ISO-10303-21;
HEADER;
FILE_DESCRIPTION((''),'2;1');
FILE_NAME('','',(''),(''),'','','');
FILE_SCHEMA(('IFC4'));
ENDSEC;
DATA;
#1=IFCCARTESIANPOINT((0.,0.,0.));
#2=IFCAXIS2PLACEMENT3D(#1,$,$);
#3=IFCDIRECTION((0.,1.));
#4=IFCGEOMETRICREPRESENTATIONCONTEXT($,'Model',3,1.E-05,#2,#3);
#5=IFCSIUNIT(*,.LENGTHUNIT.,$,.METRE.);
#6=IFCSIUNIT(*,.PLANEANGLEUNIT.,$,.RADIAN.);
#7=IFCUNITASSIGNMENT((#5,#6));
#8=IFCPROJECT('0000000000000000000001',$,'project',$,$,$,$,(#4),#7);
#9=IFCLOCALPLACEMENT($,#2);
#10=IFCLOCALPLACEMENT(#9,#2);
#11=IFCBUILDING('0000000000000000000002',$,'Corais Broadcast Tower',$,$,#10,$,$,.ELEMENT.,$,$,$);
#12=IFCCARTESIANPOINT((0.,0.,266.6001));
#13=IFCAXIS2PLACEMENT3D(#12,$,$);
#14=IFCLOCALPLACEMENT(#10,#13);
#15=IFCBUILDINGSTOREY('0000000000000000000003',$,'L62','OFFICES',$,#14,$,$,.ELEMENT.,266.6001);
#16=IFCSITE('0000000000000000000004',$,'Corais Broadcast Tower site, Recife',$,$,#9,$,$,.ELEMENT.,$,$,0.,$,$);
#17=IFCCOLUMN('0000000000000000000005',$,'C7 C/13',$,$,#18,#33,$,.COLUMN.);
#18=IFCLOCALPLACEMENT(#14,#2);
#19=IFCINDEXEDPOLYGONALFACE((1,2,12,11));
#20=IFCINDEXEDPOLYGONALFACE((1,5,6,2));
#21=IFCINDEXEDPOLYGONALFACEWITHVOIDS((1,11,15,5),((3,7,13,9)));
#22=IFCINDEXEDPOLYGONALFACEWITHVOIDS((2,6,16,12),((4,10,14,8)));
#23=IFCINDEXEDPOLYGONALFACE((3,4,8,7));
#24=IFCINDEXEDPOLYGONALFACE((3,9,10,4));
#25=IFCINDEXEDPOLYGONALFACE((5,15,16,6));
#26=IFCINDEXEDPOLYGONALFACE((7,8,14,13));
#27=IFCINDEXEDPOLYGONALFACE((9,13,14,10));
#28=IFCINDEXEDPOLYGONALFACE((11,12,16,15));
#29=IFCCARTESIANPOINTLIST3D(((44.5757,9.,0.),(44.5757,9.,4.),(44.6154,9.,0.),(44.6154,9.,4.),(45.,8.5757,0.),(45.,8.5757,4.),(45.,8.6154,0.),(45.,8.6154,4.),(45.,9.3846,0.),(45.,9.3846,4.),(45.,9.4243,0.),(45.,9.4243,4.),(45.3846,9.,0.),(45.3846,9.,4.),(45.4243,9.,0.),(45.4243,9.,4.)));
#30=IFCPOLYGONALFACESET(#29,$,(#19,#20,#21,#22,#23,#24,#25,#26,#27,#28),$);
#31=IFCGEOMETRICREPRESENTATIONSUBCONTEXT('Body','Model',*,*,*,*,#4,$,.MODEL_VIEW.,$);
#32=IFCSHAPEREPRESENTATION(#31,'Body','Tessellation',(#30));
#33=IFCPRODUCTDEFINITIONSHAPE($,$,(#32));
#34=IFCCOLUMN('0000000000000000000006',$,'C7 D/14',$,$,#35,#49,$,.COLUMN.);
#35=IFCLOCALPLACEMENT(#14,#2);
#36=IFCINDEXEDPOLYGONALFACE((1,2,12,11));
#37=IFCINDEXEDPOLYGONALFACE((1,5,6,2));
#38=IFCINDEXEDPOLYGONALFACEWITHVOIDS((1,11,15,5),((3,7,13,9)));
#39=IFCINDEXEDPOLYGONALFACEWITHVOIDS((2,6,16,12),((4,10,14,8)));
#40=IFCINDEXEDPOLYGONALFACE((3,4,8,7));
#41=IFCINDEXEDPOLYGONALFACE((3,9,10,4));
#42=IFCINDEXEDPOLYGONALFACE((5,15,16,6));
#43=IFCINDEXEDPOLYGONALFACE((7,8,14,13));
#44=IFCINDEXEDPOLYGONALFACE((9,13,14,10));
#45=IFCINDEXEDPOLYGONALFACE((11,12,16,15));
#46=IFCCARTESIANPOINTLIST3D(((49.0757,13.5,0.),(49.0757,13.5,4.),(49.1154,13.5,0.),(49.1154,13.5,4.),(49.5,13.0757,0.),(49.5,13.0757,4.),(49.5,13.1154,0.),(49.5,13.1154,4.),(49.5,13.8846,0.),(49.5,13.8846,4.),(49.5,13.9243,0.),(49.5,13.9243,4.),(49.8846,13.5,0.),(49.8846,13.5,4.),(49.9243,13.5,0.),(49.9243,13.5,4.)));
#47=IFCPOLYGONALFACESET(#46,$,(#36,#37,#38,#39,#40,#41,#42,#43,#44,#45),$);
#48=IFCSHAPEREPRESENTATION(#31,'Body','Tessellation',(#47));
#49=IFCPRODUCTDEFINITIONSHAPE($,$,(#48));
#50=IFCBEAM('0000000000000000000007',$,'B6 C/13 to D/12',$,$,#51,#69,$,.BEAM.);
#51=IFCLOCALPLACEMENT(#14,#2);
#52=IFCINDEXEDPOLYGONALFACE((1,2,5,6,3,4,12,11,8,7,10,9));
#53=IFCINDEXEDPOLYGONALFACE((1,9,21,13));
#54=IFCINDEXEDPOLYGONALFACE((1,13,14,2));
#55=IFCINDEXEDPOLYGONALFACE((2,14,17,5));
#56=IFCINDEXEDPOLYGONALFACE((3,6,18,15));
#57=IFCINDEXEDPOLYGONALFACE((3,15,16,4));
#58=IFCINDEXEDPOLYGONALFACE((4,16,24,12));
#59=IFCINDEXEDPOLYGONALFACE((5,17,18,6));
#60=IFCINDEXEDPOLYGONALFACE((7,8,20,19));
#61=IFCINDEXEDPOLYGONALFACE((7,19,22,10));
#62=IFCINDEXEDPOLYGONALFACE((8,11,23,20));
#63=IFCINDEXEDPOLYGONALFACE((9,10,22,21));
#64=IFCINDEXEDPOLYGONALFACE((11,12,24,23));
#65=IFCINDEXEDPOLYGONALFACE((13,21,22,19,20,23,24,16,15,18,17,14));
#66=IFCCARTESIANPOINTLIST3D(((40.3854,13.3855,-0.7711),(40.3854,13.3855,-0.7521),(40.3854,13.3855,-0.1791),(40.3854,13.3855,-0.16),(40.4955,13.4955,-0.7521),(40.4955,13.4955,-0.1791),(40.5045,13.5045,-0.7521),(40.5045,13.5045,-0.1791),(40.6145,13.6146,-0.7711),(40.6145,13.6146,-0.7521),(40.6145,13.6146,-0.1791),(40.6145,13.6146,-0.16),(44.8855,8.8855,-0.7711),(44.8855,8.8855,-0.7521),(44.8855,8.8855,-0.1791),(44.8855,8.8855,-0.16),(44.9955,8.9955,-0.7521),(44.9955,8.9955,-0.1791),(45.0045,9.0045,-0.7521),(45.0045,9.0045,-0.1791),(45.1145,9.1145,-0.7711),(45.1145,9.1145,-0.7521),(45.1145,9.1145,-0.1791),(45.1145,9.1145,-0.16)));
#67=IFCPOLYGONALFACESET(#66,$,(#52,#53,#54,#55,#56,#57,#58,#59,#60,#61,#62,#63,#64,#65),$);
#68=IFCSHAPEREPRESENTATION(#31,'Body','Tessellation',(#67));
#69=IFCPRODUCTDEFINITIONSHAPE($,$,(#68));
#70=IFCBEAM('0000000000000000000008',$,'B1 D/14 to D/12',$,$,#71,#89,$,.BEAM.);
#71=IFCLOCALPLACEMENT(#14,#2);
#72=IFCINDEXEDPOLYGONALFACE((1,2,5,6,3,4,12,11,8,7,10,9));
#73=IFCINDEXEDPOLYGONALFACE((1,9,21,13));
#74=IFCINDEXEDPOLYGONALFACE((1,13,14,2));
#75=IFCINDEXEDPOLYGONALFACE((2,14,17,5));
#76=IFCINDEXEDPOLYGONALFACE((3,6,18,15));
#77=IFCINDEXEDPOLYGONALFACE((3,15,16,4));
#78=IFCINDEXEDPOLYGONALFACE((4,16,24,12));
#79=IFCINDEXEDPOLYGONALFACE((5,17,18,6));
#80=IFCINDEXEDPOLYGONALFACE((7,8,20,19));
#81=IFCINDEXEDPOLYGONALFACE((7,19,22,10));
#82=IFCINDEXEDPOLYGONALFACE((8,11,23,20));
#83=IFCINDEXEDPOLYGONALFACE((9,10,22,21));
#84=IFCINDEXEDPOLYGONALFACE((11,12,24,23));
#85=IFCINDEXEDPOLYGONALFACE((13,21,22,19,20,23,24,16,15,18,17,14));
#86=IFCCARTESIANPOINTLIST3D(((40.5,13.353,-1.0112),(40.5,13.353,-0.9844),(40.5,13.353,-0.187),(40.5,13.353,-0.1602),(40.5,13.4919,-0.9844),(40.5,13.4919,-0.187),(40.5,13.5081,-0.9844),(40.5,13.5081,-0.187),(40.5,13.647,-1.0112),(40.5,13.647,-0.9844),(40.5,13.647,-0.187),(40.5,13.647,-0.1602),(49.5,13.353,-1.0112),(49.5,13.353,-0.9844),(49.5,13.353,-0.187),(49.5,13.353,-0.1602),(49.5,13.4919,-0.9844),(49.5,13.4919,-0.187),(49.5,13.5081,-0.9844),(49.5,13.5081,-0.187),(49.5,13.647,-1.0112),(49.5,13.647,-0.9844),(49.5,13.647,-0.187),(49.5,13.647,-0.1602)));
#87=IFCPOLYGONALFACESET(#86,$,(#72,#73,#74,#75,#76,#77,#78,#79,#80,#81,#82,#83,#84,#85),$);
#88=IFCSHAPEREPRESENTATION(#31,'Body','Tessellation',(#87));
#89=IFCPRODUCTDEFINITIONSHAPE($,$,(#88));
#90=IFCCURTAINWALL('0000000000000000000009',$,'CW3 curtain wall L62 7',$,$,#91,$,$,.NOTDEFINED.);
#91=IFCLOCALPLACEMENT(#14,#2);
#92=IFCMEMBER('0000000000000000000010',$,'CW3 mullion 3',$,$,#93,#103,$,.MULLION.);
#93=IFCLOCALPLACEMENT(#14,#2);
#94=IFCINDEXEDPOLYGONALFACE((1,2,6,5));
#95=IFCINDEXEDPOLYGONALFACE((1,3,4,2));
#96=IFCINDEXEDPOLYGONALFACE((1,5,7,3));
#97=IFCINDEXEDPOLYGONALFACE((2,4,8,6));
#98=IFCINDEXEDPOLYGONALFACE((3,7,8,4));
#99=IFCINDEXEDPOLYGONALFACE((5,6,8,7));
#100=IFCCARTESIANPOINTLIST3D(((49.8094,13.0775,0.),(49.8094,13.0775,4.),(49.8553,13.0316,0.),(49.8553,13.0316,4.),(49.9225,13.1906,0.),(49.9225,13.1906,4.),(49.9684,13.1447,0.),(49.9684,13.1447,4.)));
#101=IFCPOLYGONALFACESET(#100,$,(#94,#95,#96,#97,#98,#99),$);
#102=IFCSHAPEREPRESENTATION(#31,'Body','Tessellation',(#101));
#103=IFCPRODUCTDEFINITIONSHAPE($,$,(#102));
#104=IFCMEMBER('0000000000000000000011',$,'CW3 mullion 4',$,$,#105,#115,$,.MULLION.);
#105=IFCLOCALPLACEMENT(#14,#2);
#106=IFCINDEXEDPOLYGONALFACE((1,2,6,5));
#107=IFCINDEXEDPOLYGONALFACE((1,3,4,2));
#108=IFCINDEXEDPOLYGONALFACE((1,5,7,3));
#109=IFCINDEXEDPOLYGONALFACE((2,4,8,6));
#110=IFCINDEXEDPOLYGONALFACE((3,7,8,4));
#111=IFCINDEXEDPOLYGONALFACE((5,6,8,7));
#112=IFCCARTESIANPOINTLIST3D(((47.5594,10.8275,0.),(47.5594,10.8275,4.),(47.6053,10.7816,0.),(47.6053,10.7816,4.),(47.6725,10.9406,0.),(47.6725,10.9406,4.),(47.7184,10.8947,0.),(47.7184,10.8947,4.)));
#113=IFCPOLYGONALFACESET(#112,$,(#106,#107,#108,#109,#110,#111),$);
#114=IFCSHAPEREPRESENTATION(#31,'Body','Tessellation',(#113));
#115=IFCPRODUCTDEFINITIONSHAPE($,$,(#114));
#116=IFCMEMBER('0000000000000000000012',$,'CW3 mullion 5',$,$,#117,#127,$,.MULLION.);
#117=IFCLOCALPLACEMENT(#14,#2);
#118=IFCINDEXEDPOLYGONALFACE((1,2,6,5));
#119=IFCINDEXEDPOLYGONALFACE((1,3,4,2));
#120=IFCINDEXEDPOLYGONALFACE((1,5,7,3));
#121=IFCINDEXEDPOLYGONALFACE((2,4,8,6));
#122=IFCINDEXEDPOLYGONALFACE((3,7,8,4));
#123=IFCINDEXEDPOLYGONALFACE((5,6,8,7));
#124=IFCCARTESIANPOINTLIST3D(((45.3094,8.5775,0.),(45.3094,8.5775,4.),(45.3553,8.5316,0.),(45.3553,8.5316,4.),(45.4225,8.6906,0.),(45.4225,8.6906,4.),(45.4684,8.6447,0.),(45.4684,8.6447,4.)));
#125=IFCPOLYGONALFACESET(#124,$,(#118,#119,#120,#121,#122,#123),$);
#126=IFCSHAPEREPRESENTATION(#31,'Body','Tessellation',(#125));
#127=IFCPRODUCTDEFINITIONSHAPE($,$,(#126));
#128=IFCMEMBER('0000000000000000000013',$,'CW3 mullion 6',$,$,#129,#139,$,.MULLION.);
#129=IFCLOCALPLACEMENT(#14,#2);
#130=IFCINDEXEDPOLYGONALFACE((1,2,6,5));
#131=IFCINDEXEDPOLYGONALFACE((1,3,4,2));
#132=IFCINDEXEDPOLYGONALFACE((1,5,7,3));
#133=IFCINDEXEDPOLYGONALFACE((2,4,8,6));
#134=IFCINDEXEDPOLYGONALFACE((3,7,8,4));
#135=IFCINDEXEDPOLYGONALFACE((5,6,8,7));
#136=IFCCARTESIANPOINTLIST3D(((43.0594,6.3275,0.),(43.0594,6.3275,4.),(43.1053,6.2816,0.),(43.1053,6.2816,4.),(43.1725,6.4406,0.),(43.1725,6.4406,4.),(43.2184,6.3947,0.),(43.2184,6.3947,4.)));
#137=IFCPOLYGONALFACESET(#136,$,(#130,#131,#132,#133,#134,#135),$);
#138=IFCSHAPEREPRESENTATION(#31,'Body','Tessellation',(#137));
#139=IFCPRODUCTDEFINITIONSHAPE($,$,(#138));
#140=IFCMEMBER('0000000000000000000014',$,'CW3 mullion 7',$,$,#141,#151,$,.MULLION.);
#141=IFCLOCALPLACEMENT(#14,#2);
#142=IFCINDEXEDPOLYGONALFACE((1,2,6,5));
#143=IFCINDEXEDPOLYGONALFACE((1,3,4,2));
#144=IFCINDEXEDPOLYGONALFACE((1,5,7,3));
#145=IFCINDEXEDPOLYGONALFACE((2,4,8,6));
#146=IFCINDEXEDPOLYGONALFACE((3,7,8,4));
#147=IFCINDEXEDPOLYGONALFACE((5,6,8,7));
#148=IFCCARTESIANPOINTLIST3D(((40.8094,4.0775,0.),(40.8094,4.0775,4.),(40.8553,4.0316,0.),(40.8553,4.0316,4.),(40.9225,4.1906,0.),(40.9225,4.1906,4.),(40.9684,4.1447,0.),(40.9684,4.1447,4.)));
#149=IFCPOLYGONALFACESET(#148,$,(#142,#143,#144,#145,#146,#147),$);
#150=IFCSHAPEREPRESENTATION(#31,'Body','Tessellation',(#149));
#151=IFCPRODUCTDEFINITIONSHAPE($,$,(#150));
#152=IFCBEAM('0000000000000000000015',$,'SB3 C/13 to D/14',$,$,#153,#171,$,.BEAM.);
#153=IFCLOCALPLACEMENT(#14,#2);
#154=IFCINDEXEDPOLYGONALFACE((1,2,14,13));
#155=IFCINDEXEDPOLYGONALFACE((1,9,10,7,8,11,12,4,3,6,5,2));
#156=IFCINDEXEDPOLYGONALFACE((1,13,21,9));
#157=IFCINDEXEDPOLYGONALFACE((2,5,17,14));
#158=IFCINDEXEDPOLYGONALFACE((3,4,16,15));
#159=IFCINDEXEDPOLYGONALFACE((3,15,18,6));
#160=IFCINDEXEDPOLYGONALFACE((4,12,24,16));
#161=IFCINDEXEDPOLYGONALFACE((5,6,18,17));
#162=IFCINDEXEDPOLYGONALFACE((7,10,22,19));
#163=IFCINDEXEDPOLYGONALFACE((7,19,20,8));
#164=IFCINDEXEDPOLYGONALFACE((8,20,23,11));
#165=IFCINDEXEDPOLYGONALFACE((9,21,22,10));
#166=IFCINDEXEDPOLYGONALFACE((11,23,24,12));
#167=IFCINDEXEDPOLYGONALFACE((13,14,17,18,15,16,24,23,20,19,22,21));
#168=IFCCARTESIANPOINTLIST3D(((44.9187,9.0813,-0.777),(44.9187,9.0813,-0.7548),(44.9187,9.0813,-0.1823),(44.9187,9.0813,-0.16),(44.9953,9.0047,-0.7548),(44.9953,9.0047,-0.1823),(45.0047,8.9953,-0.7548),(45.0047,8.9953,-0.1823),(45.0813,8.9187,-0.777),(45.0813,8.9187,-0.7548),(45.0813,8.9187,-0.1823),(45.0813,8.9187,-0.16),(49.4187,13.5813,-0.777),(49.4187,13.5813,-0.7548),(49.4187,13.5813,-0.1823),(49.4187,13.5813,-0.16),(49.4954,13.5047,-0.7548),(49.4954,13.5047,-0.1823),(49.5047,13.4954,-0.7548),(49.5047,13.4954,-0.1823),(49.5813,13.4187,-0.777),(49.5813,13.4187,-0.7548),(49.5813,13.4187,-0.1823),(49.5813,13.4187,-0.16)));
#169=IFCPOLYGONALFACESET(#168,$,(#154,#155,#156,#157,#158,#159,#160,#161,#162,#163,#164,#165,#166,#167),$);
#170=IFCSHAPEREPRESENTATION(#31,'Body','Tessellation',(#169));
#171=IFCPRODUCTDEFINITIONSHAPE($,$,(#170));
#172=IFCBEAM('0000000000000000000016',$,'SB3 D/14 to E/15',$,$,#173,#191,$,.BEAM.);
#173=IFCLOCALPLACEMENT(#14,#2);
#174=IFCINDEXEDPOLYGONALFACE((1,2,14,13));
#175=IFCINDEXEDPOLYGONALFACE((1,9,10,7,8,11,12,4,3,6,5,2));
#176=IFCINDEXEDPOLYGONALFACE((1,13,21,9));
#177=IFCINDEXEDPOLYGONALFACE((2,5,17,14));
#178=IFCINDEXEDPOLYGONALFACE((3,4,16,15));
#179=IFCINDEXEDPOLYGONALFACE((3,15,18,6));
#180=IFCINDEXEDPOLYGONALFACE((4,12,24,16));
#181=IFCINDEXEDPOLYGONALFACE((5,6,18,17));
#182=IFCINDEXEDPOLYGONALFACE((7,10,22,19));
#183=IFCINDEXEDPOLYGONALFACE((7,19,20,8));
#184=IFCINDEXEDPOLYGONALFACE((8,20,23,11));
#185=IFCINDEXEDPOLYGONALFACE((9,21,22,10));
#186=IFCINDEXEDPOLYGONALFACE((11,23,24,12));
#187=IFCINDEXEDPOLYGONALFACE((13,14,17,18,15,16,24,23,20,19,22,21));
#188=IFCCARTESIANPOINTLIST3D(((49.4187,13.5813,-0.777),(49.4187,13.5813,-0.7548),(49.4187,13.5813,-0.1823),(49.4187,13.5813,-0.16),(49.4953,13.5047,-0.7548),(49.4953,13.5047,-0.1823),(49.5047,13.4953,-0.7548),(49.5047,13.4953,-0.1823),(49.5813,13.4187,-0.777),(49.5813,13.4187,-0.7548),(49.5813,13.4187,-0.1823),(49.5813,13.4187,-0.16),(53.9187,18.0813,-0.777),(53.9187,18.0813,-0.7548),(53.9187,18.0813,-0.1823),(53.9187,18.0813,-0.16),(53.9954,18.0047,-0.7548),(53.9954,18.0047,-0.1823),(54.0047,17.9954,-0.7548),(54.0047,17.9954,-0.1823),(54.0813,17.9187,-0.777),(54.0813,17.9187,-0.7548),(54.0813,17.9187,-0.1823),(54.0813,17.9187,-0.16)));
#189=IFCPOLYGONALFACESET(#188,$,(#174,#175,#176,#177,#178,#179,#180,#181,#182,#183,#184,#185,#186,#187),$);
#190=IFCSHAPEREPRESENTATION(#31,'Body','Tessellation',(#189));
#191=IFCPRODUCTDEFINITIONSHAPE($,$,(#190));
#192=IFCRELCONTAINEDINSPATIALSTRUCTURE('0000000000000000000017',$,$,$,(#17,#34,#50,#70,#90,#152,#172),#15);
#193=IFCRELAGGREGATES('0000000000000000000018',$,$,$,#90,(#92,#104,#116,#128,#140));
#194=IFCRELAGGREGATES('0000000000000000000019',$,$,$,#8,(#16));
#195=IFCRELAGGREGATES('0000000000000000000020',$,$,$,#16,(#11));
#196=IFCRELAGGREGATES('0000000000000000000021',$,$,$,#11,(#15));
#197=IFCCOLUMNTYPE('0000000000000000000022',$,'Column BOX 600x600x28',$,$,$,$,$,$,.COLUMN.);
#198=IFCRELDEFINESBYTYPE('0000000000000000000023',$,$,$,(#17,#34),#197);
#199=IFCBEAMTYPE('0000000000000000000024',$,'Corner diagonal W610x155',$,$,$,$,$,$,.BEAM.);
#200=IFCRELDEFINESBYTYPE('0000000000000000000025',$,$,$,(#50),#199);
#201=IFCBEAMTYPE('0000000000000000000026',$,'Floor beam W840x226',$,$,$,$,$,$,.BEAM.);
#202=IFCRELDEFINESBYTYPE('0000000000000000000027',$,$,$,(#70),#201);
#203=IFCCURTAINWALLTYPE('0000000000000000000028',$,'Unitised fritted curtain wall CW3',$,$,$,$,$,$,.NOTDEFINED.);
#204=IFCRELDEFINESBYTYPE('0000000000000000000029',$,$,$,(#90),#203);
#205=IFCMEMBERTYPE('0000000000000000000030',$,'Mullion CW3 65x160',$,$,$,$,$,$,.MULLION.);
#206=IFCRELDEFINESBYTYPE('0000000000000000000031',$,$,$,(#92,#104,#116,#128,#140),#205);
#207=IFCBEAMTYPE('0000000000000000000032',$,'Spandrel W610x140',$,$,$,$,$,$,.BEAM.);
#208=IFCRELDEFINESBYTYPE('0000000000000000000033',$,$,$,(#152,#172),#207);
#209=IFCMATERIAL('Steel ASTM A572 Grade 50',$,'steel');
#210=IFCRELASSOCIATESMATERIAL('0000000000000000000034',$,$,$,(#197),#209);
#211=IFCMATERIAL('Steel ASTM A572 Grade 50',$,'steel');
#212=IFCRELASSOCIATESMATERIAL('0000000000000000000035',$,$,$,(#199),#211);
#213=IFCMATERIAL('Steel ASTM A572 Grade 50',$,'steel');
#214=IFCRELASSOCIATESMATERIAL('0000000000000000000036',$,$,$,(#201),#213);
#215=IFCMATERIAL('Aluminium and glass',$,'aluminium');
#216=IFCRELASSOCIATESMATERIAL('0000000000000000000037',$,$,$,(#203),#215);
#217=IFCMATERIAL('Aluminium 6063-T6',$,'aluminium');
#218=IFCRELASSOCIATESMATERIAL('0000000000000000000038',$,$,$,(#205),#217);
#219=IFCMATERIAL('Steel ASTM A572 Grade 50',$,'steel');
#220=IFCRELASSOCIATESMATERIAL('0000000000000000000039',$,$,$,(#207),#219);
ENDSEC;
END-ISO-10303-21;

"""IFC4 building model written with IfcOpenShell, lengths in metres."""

from ifc_helpers import new_model, si_unit, direction, frame, origin, origin_2d, place, context, subcontext, project, spatial, rectangle, hollow_rectangle, i_section, extrude, material, material_profile, profile_set, type_object, element, aggregate, save


model = new_model("IFC4")

# Units and contexts
model_context = context("Model", 3, precision=1e-05, world=origin(), true_north=direction((0.0, 1.0)))
body_context = subcontext(model_context, "Body", "Model", "MODEL_VIEW")
ifc_project = project(units=[si_unit("LENGTHUNIT", "METRE"), si_unit("PLANEANGLEUNIT", "RADIAN")], contexts=[model_context])

# Site, building, storey
site_placement = place(None, origin())
site = spatial("IfcSite", under=ifc_project, at=site_placement, Name="Corais Broadcast Tower site, Recife", CompositionType="ELEMENT", RefElevation=0.0)
building_placement = place(site_placement, origin())
building = spatial("IfcBuilding", under=site, at=building_placement, Name="Corais Broadcast Tower", CompositionType="ELEMENT")
storey_placement = place(building_placement, frame((0.0, 0.0, 266.6001)))
storey = spatial("IfcBuildingStorey", under=building, at=storey_placement, Name="L62", Description="OFFICES", CompositionType="ELEMENT", Elevation=266.6001)

# Columns
ifc_material_1 = material(Name="Steel ASTM A572 Grade 50", Category="steel")
ifc_material_profile_1 = material_profile(ifc_material_1, hollow_rectangle(XDim=0.6001, YDim=0.6001, WallThickness=0.0281, at=origin_2d()), Name="BOX 600x600x28")
ifc_profile_set_1 = profile_set([ifc_material_profile_1], Name="Steel ASTM A572 Grade 50")
column_type = type_object("IfcColumnType", Name="Column BOX 600x600x28", PredefinedType="COLUMN", material=ifc_profile_set_1)
for number, where, z_axis, x_axis, name in (
    (1, (45.0, 9.0, 0.0), (0.0, 0.0, 1.0), (0.707107, 0.707107, 0.0), "C7 C/13"),
    (2, (49.5, 13.5, 0.0), (0.0, 0.0, 1.0), (0.707107, 0.707107, 0.0), "C7 D/14"),
):
    element("IfcColumn", number, at=place(storey_placement, frame(where, z_axis=z_axis, x_axis=x_axis)), inside=storey, type_object=column_type, Name=name, PredefinedType="COLUMN", context=body_context, shape_type="SweptSolid", body=[
        extrude(hollow_rectangle(XDim=0.6001, YDim=0.6001, WallThickness=0.0281, at=origin_2d()), origin(), (0.0, 0.0, 1.0), 4.0),
    ])

# Beams
ifc_material_2 = material(Name="Steel ASTM A572 Grade 50", Category="steel")
ifc_material_profile_2 = material_profile(ifc_material_2, i_section(OverallWidth=0.324, OverallDepth=0.6111, WebThickness=0.0127, FlangeThickness=0.019, at=origin_2d()), Name="W610x155")
ifc_profile_set_2 = profile_set([ifc_material_profile_2], Name="Steel ASTM A572 Grade 50")
beam_type_1 = type_object("IfcBeamType", Name="Corner diagonal W610x155", PredefinedType="BEAM", material=ifc_profile_set_2)
beam_1_placement = place(storey_placement, frame((45.0, 9.0, -0.4656), z_axis=(-0.707107, 0.707107, 0.0), x_axis=(-0.707107, -0.707107, 0.0)))
element("IfcBeam", 3, at=beam_1_placement, inside=storey, type_object=beam_type_1, Name="B6 C/13 to D/12", PredefinedType="BEAM", context=body_context, shape_type="SweptSolid", body=[
    extrude(i_section(OverallWidth=0.324, OverallDepth=0.6111, WebThickness=0.0127, FlangeThickness=0.019, at=origin_2d()), origin(), (0.0, 0.0, 1.0), 6.364),
])
ifc_material_3 = material(Name="Steel ASTM A572 Grade 50", Category="steel")
ifc_material_profile_3 = material_profile(ifc_material_3, i_section(OverallWidth=0.2939, OverallDepth=0.8511, WebThickness=0.0161, FlangeThickness=0.0269, at=origin_2d()), Name="W840x226")
ifc_profile_set_3 = profile_set([ifc_material_profile_3], Name="Steel ASTM A572 Grade 50")
beam_type_2 = type_object("IfcBeamType", Name="Floor beam W840x226", PredefinedType="BEAM", material=ifc_profile_set_3)
beam_2_placement = place(storey_placement, frame((49.5, 13.5, -0.5857), z_axis=(-1.0, 0.0, 0.0), x_axis=(0.0, -1.0, 0.0)))
element("IfcBeam", 4, at=beam_2_placement, inside=storey, type_object=beam_type_2, Name="B1 D/14 to D/12", PredefinedType="BEAM", context=body_context, shape_type="SweptSolid", body=[
    extrude(i_section(OverallWidth=0.2939, OverallDepth=0.8511, WebThickness=0.0161, FlangeThickness=0.0269, at=origin_2d()), origin(), (0.0, 0.0, 1.0), 9.0),
])

# Curtain wall, members
ifc_material_4 = material(Name="Aluminium and glass", Category="aluminium")
curtain_wall_type = type_object("IfcCurtainWallType", Name="Unitised fritted curtain wall CW3", PredefinedType="NOTDEFINED", material=ifc_material_4)
curtain_wall_placement = place(storey_placement, origin())
curtain_wall = element("IfcCurtainWall", 5, at=curtain_wall_placement, inside=storey, type_object=curtain_wall_type, Name="CW3 curtain wall L62 7", PredefinedType="NOTDEFINED")
ifc_material_5 = material(Name="Aluminium 6063-T6", Category="aluminium")
ifc_material_profile_4 = material_profile(ifc_material_5, rectangle(XDim=0.0649, YDim=0.1599, at=origin_2d()), Name="Mullion CW3 65x160")
ifc_profile_set_4 = profile_set([ifc_material_profile_4], Name="Aluminium 6063-T6")
member_type_1 = type_object("IfcMemberType", Name="Mullion CW3 65x160", PredefinedType="MULLION", material=ifc_profile_set_4)
member_1_placement = place(storey_placement, frame((49.8889, 13.1111, 0.0), z_axis=(0.0, 0.0, 1.0), x_axis=(0.707107, -0.707107, 0.0)))
member_1 = element("IfcMember", 6, at=member_1_placement, type_object=member_type_1, Name="CW3 mullion 3", PredefinedType="MULLION", context=body_context, shape_type="SweptSolid", body=[
    extrude(rectangle(XDim=0.0649, YDim=0.1599, at=origin_2d()), origin(), (0.0, 0.0, 1.0), 4.0),
])
member_2_placement = place(storey_placement, frame((47.6389, 10.8611, 0.0), z_axis=(0.0, 0.0, 1.0), x_axis=(0.707107, -0.707107, 0.0)))
member_2 = element("IfcMember", 7, at=member_2_placement, type_object=member_type_1, Name="CW3 mullion 4", PredefinedType="MULLION", context=body_context, shape_type="SweptSolid", body=[
    extrude(rectangle(XDim=0.0649, YDim=0.1599, at=origin_2d()), origin(), (0.0, 0.0, 1.0), 4.0),
])
member_3_placement = place(storey_placement, frame((45.3889, 8.6111, 0.0), z_axis=(0.0, 0.0, 1.0), x_axis=(0.707107, -0.707107, 0.0)))
member_3 = element("IfcMember", 8, at=member_3_placement, type_object=member_type_1, Name="CW3 mullion 5", PredefinedType="MULLION", context=body_context, shape_type="SweptSolid", body=[
    extrude(rectangle(XDim=0.0649, YDim=0.1599, at=origin_2d()), origin(), (0.0, 0.0, 1.0), 4.0),
])
member_4_placement = place(storey_placement, frame((43.1389, 6.3611, 0.0), z_axis=(0.0, 0.0, 1.0), x_axis=(0.707107, -0.707107, 0.0)))
member_4 = element("IfcMember", 9, at=member_4_placement, type_object=member_type_1, Name="CW3 mullion 6", PredefinedType="MULLION", context=body_context, shape_type="SweptSolid", body=[
    extrude(rectangle(XDim=0.0649, YDim=0.1599, at=origin_2d()), origin(), (0.0, 0.0, 1.0), 4.0),
])
member_5_placement = place(storey_placement, frame((40.8889, 4.1111, 0.0), z_axis=(0.0, 0.0, 1.0), x_axis=(0.707107, -0.707107, 0.0)))
member_5 = element("IfcMember", 10, at=member_5_placement, type_object=member_type_1, Name="CW3 mullion 7", PredefinedType="MULLION", context=body_context, shape_type="SweptSolid", body=[
    extrude(rectangle(XDim=0.0649, YDim=0.1599, at=origin_2d()), origin(), (0.0, 0.0, 1.0), 4.0),
])

# Beams
ifc_material_6 = material(Name="Steel ASTM A572 Grade 50", Category="steel")
ifc_material_profile_5 = material_profile(ifc_material_6, i_section(OverallWidth=0.23, OverallDepth=0.6169, WebThickness=0.0132, FlangeThickness=0.0222, at=origin_2d()), Name="W610x140")
ifc_profile_set_5 = profile_set([ifc_material_profile_5], Name="Steel ASTM A572 Grade 50")
beam_type_3 = type_object("IfcBeamType", Name="Spandrel W610x140", PredefinedType="BEAM", material=ifc_profile_set_5)
for number, where, z_axis, x_axis, name in (
    (11, (45.0, 9.0, -0.4685), (0.707107, 0.707107, 0.0), (-0.707107, 0.707107, 0.0), "SB3 C/13 to D/14"),
    (12, (49.5, 13.5, -0.4685), (0.707107, 0.707107, 0.0), (-0.707107, 0.707107, 0.0), "SB3 D/14 to E/15"),
):
    element("IfcBeam", number, at=place(storey_placement, frame(where, z_axis=z_axis, x_axis=x_axis)), inside=storey, type_object=beam_type_3, Name=name, PredefinedType="BEAM", context=body_context, shape_type="SweptSolid", body=[
        extrude(i_section(OverallWidth=0.23, OverallDepth=0.6169, WebThickness=0.0132, FlangeThickness=0.0222, at=origin_2d()), origin(), (0.0, 0.0, 1.0), 6.364),
    ])

aggregate(curtain_wall, [member_1, member_2, member_3, member_4, member_5])

save(model, "model.ifc")
